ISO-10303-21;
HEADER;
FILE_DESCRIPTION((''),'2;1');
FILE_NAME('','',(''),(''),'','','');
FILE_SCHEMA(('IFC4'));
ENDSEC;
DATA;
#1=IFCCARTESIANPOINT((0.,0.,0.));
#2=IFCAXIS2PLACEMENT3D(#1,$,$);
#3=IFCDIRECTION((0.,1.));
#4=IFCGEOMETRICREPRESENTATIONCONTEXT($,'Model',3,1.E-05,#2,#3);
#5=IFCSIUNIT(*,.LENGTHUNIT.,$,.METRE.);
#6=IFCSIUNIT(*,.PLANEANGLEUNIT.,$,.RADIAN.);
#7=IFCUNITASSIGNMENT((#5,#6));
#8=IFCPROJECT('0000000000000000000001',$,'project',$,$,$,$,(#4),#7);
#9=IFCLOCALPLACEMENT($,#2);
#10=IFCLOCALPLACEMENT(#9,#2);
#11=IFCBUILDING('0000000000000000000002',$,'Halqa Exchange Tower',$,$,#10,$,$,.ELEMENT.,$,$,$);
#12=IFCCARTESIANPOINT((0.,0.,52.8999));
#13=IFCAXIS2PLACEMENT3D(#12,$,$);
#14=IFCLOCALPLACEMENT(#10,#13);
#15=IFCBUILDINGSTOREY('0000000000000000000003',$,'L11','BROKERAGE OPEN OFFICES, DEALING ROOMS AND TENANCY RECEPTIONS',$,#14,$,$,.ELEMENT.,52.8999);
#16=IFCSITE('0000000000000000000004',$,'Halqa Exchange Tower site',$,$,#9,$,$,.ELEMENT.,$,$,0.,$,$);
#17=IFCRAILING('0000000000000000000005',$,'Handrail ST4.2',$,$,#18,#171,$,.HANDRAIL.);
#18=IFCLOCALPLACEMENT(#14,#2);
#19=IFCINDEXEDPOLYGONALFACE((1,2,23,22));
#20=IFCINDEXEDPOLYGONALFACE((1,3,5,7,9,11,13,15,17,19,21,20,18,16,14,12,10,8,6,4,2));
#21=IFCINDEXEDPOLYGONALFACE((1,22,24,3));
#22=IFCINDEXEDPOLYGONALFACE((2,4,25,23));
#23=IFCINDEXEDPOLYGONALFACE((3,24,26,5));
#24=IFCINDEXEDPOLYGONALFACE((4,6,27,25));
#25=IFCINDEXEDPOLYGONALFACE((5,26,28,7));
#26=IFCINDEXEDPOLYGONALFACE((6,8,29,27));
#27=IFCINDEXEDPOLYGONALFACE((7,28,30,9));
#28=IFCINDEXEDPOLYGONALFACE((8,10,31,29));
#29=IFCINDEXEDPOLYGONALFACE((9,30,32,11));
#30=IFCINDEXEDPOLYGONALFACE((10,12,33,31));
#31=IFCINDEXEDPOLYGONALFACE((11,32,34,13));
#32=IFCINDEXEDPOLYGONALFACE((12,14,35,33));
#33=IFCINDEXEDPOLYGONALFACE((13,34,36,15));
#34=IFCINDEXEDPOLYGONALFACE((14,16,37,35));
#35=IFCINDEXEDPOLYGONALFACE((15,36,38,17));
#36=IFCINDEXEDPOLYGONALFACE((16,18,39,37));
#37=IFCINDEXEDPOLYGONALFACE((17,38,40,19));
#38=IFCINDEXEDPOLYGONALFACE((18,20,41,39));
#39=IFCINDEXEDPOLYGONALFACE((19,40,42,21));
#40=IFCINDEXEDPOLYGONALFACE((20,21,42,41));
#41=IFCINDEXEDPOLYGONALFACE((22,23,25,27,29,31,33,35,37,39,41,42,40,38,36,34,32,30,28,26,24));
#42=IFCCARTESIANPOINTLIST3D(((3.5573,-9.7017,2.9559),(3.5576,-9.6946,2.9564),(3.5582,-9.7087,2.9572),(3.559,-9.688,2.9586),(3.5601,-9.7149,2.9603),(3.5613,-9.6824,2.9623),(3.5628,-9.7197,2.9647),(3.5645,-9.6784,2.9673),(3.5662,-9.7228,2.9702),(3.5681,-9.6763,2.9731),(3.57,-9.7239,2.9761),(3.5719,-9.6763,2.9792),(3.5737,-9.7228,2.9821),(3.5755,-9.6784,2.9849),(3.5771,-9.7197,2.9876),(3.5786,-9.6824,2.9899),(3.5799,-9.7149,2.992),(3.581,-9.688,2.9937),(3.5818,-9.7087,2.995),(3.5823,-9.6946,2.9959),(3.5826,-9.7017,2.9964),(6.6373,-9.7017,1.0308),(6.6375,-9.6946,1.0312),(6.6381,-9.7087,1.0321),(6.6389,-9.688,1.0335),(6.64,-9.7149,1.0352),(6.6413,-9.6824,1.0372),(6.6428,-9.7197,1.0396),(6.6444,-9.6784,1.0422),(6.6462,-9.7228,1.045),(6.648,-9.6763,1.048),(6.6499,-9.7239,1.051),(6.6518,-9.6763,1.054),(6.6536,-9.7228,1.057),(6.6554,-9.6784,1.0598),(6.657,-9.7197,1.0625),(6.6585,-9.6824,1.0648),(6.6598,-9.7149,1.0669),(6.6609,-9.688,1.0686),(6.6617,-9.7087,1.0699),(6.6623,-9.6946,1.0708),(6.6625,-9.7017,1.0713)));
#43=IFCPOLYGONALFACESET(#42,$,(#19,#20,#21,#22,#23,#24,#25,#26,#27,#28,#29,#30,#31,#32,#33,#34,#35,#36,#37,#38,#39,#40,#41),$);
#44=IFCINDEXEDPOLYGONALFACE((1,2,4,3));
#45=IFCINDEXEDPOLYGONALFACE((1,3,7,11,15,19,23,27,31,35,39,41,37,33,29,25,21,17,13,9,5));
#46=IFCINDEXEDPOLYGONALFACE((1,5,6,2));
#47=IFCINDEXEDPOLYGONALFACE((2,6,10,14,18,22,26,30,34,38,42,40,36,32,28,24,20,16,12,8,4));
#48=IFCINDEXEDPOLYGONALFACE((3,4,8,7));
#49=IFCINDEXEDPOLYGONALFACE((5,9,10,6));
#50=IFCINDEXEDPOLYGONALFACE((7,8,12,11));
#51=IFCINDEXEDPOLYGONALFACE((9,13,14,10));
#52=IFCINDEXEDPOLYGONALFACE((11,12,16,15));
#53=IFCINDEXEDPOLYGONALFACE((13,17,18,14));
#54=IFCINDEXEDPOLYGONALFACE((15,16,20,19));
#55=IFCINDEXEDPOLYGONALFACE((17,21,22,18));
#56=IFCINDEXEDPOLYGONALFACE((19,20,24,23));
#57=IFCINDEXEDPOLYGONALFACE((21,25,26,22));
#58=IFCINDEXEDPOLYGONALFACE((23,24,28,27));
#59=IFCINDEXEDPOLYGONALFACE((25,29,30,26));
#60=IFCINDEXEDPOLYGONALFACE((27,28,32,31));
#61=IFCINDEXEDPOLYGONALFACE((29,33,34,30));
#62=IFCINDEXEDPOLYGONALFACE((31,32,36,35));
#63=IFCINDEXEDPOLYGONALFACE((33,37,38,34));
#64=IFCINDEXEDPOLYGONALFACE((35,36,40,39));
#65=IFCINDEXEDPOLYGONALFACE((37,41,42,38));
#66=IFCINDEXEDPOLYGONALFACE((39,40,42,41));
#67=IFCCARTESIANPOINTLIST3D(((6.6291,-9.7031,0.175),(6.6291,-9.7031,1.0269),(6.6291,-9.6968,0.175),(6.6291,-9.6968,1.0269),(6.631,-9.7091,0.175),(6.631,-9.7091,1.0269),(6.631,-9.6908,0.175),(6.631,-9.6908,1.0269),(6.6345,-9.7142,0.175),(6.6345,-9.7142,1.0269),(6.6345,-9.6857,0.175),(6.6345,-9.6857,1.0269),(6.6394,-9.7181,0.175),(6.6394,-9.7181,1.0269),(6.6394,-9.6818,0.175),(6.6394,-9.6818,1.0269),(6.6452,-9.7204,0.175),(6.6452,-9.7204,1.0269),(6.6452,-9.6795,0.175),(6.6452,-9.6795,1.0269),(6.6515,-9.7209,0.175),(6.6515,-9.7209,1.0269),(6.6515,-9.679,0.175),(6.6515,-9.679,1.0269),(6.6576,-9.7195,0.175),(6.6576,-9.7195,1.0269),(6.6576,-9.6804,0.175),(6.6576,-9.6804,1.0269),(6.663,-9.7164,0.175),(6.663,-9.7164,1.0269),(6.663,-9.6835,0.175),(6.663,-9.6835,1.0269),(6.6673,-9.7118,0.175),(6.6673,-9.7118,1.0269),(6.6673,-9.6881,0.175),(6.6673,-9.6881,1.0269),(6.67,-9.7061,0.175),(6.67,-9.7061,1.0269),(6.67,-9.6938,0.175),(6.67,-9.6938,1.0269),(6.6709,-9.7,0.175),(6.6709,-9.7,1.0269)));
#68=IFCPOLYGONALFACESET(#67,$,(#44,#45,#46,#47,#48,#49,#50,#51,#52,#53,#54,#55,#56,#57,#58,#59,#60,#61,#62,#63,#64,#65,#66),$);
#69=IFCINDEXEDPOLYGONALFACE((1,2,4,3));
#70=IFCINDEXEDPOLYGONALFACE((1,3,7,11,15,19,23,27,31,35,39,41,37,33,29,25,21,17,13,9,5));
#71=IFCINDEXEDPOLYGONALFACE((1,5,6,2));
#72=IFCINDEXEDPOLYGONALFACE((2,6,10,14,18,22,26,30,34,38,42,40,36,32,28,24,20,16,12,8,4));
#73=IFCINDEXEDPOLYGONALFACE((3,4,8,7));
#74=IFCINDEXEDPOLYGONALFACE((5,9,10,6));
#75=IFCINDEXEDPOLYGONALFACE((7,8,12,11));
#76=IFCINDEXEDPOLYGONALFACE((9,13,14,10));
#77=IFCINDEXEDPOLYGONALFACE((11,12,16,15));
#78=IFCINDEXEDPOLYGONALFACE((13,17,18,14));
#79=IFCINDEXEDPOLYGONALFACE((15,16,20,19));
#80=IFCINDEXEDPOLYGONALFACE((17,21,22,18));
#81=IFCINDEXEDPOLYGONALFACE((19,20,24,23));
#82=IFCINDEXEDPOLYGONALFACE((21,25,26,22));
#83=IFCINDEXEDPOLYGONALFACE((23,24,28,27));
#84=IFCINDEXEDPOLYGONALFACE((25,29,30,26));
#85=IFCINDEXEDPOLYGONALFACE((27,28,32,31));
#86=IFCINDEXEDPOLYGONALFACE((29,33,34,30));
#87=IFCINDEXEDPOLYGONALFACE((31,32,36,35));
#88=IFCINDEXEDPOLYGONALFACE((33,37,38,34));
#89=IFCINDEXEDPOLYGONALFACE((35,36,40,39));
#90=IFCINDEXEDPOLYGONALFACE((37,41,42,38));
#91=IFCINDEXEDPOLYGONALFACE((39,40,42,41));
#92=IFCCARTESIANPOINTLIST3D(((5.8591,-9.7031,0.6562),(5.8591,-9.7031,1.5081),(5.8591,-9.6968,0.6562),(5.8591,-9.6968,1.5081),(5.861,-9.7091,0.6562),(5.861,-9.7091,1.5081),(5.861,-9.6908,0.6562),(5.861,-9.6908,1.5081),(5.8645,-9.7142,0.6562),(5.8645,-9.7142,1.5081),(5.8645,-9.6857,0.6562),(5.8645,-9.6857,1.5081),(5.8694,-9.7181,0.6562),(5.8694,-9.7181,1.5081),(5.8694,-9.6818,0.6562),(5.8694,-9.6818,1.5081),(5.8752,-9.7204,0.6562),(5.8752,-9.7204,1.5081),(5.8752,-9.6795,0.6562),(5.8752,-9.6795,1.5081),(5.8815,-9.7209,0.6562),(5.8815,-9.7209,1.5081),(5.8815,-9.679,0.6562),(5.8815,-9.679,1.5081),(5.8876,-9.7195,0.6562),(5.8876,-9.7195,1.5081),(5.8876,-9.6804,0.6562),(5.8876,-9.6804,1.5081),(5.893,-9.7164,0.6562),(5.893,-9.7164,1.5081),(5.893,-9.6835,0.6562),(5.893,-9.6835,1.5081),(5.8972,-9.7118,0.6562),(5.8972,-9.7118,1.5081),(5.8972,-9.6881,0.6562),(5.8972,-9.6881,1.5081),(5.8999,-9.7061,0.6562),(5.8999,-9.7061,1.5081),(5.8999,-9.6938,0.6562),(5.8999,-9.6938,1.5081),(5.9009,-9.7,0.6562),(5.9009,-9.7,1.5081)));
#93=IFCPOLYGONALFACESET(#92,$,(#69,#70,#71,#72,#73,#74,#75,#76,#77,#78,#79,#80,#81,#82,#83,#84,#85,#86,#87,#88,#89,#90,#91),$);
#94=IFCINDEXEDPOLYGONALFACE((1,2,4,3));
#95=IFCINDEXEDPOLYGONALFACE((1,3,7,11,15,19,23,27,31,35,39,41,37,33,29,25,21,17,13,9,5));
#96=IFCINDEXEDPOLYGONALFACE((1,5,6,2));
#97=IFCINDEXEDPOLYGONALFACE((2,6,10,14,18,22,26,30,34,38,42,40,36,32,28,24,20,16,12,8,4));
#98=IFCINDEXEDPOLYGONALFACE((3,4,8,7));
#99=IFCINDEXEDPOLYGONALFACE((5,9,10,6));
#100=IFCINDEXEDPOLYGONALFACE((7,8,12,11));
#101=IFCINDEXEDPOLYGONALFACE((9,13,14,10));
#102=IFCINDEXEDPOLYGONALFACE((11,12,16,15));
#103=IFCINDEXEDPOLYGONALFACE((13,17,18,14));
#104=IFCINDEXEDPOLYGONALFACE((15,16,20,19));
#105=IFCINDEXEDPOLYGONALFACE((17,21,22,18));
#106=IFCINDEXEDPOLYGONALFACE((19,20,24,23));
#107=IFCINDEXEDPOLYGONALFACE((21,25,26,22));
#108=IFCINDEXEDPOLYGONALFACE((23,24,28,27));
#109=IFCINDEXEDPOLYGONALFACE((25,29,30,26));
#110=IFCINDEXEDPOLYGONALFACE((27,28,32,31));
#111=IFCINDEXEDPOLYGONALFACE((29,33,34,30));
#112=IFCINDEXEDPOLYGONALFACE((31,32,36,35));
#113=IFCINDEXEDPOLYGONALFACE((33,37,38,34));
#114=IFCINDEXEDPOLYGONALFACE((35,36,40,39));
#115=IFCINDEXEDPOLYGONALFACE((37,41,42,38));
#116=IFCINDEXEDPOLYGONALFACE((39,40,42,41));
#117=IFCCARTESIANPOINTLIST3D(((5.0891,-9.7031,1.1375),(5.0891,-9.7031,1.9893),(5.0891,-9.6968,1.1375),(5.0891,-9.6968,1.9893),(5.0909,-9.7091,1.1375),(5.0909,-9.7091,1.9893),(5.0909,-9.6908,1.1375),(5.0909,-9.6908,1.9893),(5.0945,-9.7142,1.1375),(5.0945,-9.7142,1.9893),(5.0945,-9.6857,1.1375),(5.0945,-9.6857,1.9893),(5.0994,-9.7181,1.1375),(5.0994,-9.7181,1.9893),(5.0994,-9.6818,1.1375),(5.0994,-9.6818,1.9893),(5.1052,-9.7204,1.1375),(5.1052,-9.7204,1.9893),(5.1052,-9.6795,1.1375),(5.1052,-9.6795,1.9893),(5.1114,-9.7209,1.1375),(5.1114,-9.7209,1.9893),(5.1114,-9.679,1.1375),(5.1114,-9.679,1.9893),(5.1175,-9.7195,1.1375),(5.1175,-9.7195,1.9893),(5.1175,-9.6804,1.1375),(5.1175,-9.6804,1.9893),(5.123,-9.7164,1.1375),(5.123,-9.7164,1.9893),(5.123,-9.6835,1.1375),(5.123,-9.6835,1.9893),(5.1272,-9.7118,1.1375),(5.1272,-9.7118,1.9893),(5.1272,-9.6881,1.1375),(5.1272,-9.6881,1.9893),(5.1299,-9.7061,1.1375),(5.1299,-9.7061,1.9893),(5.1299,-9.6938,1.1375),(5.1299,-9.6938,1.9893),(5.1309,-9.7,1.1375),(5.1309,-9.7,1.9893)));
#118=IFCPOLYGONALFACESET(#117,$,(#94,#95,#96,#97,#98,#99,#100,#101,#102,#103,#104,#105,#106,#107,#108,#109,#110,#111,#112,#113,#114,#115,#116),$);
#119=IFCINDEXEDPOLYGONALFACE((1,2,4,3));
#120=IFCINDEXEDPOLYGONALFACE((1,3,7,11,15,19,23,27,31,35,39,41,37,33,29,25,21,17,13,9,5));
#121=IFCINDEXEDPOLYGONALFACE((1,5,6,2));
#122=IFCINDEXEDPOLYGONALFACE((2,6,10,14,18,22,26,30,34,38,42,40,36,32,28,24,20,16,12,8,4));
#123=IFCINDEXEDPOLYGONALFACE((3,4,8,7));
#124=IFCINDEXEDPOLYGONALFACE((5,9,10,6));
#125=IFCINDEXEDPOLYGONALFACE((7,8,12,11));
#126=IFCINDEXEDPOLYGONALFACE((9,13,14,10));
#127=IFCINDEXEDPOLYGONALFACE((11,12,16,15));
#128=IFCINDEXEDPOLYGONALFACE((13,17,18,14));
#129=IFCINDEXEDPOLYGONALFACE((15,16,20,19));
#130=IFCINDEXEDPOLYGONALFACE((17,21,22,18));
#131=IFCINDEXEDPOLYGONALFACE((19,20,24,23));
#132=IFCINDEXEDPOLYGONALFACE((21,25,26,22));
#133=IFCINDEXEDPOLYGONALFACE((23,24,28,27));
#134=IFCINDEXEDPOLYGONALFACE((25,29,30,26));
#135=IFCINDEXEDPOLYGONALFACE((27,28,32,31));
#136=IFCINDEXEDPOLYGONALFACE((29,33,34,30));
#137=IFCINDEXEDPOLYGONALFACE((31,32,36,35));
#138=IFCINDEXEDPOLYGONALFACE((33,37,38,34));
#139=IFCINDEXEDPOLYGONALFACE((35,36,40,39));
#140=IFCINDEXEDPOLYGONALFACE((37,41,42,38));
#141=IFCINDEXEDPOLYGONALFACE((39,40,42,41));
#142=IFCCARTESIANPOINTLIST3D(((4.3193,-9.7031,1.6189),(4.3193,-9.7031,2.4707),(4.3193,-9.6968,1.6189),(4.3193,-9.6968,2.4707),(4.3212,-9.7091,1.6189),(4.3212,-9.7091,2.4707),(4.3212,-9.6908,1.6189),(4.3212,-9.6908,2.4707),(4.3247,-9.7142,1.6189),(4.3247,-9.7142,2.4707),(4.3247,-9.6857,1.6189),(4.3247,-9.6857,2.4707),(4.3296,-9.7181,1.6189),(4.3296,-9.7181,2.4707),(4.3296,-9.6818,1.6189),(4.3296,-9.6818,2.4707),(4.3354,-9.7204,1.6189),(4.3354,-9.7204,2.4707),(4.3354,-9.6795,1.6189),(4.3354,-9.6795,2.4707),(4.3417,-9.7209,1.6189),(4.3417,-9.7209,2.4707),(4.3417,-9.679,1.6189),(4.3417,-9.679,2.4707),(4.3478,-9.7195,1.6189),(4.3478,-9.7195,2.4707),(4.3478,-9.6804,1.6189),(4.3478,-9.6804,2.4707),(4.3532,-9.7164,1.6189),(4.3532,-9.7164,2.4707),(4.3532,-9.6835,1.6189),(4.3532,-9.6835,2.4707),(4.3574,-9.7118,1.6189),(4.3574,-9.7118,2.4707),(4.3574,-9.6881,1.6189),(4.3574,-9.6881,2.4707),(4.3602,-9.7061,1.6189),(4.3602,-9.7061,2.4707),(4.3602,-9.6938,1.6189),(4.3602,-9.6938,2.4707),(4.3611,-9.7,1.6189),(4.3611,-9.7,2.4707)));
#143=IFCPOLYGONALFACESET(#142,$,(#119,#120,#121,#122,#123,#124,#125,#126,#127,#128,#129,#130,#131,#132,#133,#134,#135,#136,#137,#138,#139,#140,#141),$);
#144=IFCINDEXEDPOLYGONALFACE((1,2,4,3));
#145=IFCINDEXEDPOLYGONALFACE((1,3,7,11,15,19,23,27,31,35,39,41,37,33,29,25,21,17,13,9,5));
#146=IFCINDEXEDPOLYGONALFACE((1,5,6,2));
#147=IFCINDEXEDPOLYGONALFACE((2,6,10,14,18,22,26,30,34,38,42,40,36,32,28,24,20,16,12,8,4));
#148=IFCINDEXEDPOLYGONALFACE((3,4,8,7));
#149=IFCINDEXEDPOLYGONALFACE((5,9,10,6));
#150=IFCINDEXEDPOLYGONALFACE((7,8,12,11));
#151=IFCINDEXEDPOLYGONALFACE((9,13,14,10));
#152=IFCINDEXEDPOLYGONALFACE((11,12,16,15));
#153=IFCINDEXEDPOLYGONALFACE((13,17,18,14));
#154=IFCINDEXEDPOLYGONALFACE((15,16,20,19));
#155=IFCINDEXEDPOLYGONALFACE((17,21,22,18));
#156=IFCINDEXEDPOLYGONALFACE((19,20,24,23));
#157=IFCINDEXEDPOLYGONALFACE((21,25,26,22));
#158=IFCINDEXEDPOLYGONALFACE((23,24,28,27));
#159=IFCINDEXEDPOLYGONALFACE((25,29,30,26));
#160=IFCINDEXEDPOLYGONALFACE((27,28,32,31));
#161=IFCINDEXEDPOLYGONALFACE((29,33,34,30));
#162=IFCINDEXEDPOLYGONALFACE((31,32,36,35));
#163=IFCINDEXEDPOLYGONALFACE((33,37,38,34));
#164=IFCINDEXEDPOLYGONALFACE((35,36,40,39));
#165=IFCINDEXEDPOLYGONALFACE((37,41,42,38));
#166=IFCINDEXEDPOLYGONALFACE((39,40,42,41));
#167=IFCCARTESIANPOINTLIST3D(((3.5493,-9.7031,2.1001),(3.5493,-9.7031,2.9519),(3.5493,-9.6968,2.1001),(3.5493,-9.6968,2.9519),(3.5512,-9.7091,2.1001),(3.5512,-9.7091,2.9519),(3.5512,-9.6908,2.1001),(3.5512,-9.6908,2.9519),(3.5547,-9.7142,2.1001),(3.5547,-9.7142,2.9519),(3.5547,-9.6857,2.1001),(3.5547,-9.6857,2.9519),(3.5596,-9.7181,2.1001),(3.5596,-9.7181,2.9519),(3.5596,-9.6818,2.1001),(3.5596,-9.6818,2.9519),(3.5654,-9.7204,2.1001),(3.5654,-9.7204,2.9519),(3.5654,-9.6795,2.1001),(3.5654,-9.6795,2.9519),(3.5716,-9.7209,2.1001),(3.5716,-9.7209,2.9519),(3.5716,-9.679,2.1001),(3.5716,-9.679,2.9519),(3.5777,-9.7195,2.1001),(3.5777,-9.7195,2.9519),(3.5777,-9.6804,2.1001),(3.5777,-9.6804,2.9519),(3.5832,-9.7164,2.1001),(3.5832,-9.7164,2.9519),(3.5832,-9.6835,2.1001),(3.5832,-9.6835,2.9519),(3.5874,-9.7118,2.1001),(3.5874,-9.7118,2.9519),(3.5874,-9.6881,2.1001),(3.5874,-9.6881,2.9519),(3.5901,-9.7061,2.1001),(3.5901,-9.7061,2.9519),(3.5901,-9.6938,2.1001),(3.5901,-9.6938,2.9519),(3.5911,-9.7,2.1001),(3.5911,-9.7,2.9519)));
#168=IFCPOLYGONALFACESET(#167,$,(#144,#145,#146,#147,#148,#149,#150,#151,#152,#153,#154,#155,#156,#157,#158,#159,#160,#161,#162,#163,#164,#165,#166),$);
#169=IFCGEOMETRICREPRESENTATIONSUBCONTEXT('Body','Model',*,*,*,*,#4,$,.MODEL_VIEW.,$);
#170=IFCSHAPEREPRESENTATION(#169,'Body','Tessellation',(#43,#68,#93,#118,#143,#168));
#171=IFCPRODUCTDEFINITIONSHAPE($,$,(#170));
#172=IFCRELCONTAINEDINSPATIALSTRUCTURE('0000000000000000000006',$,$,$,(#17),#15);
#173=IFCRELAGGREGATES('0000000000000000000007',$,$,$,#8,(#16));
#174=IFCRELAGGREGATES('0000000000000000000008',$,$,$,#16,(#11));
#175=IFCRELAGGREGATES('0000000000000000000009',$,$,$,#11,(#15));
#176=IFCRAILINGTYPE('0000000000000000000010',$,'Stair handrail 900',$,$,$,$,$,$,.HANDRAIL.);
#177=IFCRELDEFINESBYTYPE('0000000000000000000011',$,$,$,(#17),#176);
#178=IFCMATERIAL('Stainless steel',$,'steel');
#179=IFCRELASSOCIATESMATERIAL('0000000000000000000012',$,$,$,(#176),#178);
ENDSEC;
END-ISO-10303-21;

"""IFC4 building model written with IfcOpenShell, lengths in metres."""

from ifc_helpers import new_model, si_unit, direction, frame, origin, origin_2d, place, context, subcontext, project, spatial, circle, extrude, material, type_object, element, save


model = new_model("IFC4")

# Units and contexts
model_context = context("Model", 3, precision=1e-05, world=origin(), true_north=direction((0.0, 1.0)))
body_context = subcontext(model_context, "Body", "Model", "MODEL_VIEW")
ifc_project = project(units=[si_unit("LENGTHUNIT", "METRE"), si_unit("PLANEANGLEUNIT", "RADIAN")], contexts=[model_context])

# Site, building, storey
site_placement = place(None, origin())
site = spatial("IfcSite", under=ifc_project, at=site_placement, Name="Halqa Exchange Tower site", CompositionType="ELEMENT", RefElevation=0.0)
building_placement = place(site_placement, origin())
building = spatial("IfcBuilding", under=site, at=building_placement, Name="Halqa Exchange Tower", CompositionType="ELEMENT")
storey_placement = place(building_placement, frame((0.0, 0.0, 52.8999)))
storey = spatial("IfcBuildingStorey", under=building, at=storey_placement, Name="L11", Description="BROKERAGE OPEN OFFICES, DEALING ROOMS AND TENANCY RECEPTIONS", CompositionType="ELEMENT", Elevation=52.8999)

# Railing
ifc_material_1 = material(Name="Stainless steel", Category="steel")
railing_type_1 = type_object("IfcRailingType", Name="Stair handrail 900", PredefinedType="HANDRAIL", material=ifc_material_1)
railing_1_placement = place(storey_placement, frame((6.6499, -9.7, 0.175)))
element("IfcRailing", 1, at=railing_1_placement, inside=storey, type_object=railing_type_1, Name="Handrail ST4.2", PredefinedType="HANDRAIL", context=body_context, shape_type="SweptSolid", body=[
    extrude(circle(Radius=0.0239, at=origin_2d()), frame((0.0, 0.0, 0.876), z_axis=(-0.847979, 0.0, 0.530029), x_axis=(0.0, -1.0, 0.0)), (0.0, 0.0, 1.0), 3.6321),
    extrude(circle(Radius=0.021, at=origin_2d()), origin(), (0.0, 0.0, 1.0), 0.8518),
    extrude(circle(Radius=0.021, at=origin_2d()), frame((-0.77, 0.0, 0.4812)), (0.0, 0.0, 1.0), 0.8518),
    extrude(circle(Radius=0.021, at=origin_2d()), frame((-1.54, 0.0, 0.9624)), (0.0, 0.0, 1.0), 0.8518),
    extrude(circle(Radius=0.021, at=origin_2d()), frame((-2.3098, 0.0, 1.4438)), (0.0, 0.0, 1.0), 0.8518),
    extrude(circle(Radius=0.021, at=origin_2d()), frame((-3.0798, 0.0, 1.925)), (0.0, 0.0, 1.0), 0.8518),
])

save(model, "model.ifc")
